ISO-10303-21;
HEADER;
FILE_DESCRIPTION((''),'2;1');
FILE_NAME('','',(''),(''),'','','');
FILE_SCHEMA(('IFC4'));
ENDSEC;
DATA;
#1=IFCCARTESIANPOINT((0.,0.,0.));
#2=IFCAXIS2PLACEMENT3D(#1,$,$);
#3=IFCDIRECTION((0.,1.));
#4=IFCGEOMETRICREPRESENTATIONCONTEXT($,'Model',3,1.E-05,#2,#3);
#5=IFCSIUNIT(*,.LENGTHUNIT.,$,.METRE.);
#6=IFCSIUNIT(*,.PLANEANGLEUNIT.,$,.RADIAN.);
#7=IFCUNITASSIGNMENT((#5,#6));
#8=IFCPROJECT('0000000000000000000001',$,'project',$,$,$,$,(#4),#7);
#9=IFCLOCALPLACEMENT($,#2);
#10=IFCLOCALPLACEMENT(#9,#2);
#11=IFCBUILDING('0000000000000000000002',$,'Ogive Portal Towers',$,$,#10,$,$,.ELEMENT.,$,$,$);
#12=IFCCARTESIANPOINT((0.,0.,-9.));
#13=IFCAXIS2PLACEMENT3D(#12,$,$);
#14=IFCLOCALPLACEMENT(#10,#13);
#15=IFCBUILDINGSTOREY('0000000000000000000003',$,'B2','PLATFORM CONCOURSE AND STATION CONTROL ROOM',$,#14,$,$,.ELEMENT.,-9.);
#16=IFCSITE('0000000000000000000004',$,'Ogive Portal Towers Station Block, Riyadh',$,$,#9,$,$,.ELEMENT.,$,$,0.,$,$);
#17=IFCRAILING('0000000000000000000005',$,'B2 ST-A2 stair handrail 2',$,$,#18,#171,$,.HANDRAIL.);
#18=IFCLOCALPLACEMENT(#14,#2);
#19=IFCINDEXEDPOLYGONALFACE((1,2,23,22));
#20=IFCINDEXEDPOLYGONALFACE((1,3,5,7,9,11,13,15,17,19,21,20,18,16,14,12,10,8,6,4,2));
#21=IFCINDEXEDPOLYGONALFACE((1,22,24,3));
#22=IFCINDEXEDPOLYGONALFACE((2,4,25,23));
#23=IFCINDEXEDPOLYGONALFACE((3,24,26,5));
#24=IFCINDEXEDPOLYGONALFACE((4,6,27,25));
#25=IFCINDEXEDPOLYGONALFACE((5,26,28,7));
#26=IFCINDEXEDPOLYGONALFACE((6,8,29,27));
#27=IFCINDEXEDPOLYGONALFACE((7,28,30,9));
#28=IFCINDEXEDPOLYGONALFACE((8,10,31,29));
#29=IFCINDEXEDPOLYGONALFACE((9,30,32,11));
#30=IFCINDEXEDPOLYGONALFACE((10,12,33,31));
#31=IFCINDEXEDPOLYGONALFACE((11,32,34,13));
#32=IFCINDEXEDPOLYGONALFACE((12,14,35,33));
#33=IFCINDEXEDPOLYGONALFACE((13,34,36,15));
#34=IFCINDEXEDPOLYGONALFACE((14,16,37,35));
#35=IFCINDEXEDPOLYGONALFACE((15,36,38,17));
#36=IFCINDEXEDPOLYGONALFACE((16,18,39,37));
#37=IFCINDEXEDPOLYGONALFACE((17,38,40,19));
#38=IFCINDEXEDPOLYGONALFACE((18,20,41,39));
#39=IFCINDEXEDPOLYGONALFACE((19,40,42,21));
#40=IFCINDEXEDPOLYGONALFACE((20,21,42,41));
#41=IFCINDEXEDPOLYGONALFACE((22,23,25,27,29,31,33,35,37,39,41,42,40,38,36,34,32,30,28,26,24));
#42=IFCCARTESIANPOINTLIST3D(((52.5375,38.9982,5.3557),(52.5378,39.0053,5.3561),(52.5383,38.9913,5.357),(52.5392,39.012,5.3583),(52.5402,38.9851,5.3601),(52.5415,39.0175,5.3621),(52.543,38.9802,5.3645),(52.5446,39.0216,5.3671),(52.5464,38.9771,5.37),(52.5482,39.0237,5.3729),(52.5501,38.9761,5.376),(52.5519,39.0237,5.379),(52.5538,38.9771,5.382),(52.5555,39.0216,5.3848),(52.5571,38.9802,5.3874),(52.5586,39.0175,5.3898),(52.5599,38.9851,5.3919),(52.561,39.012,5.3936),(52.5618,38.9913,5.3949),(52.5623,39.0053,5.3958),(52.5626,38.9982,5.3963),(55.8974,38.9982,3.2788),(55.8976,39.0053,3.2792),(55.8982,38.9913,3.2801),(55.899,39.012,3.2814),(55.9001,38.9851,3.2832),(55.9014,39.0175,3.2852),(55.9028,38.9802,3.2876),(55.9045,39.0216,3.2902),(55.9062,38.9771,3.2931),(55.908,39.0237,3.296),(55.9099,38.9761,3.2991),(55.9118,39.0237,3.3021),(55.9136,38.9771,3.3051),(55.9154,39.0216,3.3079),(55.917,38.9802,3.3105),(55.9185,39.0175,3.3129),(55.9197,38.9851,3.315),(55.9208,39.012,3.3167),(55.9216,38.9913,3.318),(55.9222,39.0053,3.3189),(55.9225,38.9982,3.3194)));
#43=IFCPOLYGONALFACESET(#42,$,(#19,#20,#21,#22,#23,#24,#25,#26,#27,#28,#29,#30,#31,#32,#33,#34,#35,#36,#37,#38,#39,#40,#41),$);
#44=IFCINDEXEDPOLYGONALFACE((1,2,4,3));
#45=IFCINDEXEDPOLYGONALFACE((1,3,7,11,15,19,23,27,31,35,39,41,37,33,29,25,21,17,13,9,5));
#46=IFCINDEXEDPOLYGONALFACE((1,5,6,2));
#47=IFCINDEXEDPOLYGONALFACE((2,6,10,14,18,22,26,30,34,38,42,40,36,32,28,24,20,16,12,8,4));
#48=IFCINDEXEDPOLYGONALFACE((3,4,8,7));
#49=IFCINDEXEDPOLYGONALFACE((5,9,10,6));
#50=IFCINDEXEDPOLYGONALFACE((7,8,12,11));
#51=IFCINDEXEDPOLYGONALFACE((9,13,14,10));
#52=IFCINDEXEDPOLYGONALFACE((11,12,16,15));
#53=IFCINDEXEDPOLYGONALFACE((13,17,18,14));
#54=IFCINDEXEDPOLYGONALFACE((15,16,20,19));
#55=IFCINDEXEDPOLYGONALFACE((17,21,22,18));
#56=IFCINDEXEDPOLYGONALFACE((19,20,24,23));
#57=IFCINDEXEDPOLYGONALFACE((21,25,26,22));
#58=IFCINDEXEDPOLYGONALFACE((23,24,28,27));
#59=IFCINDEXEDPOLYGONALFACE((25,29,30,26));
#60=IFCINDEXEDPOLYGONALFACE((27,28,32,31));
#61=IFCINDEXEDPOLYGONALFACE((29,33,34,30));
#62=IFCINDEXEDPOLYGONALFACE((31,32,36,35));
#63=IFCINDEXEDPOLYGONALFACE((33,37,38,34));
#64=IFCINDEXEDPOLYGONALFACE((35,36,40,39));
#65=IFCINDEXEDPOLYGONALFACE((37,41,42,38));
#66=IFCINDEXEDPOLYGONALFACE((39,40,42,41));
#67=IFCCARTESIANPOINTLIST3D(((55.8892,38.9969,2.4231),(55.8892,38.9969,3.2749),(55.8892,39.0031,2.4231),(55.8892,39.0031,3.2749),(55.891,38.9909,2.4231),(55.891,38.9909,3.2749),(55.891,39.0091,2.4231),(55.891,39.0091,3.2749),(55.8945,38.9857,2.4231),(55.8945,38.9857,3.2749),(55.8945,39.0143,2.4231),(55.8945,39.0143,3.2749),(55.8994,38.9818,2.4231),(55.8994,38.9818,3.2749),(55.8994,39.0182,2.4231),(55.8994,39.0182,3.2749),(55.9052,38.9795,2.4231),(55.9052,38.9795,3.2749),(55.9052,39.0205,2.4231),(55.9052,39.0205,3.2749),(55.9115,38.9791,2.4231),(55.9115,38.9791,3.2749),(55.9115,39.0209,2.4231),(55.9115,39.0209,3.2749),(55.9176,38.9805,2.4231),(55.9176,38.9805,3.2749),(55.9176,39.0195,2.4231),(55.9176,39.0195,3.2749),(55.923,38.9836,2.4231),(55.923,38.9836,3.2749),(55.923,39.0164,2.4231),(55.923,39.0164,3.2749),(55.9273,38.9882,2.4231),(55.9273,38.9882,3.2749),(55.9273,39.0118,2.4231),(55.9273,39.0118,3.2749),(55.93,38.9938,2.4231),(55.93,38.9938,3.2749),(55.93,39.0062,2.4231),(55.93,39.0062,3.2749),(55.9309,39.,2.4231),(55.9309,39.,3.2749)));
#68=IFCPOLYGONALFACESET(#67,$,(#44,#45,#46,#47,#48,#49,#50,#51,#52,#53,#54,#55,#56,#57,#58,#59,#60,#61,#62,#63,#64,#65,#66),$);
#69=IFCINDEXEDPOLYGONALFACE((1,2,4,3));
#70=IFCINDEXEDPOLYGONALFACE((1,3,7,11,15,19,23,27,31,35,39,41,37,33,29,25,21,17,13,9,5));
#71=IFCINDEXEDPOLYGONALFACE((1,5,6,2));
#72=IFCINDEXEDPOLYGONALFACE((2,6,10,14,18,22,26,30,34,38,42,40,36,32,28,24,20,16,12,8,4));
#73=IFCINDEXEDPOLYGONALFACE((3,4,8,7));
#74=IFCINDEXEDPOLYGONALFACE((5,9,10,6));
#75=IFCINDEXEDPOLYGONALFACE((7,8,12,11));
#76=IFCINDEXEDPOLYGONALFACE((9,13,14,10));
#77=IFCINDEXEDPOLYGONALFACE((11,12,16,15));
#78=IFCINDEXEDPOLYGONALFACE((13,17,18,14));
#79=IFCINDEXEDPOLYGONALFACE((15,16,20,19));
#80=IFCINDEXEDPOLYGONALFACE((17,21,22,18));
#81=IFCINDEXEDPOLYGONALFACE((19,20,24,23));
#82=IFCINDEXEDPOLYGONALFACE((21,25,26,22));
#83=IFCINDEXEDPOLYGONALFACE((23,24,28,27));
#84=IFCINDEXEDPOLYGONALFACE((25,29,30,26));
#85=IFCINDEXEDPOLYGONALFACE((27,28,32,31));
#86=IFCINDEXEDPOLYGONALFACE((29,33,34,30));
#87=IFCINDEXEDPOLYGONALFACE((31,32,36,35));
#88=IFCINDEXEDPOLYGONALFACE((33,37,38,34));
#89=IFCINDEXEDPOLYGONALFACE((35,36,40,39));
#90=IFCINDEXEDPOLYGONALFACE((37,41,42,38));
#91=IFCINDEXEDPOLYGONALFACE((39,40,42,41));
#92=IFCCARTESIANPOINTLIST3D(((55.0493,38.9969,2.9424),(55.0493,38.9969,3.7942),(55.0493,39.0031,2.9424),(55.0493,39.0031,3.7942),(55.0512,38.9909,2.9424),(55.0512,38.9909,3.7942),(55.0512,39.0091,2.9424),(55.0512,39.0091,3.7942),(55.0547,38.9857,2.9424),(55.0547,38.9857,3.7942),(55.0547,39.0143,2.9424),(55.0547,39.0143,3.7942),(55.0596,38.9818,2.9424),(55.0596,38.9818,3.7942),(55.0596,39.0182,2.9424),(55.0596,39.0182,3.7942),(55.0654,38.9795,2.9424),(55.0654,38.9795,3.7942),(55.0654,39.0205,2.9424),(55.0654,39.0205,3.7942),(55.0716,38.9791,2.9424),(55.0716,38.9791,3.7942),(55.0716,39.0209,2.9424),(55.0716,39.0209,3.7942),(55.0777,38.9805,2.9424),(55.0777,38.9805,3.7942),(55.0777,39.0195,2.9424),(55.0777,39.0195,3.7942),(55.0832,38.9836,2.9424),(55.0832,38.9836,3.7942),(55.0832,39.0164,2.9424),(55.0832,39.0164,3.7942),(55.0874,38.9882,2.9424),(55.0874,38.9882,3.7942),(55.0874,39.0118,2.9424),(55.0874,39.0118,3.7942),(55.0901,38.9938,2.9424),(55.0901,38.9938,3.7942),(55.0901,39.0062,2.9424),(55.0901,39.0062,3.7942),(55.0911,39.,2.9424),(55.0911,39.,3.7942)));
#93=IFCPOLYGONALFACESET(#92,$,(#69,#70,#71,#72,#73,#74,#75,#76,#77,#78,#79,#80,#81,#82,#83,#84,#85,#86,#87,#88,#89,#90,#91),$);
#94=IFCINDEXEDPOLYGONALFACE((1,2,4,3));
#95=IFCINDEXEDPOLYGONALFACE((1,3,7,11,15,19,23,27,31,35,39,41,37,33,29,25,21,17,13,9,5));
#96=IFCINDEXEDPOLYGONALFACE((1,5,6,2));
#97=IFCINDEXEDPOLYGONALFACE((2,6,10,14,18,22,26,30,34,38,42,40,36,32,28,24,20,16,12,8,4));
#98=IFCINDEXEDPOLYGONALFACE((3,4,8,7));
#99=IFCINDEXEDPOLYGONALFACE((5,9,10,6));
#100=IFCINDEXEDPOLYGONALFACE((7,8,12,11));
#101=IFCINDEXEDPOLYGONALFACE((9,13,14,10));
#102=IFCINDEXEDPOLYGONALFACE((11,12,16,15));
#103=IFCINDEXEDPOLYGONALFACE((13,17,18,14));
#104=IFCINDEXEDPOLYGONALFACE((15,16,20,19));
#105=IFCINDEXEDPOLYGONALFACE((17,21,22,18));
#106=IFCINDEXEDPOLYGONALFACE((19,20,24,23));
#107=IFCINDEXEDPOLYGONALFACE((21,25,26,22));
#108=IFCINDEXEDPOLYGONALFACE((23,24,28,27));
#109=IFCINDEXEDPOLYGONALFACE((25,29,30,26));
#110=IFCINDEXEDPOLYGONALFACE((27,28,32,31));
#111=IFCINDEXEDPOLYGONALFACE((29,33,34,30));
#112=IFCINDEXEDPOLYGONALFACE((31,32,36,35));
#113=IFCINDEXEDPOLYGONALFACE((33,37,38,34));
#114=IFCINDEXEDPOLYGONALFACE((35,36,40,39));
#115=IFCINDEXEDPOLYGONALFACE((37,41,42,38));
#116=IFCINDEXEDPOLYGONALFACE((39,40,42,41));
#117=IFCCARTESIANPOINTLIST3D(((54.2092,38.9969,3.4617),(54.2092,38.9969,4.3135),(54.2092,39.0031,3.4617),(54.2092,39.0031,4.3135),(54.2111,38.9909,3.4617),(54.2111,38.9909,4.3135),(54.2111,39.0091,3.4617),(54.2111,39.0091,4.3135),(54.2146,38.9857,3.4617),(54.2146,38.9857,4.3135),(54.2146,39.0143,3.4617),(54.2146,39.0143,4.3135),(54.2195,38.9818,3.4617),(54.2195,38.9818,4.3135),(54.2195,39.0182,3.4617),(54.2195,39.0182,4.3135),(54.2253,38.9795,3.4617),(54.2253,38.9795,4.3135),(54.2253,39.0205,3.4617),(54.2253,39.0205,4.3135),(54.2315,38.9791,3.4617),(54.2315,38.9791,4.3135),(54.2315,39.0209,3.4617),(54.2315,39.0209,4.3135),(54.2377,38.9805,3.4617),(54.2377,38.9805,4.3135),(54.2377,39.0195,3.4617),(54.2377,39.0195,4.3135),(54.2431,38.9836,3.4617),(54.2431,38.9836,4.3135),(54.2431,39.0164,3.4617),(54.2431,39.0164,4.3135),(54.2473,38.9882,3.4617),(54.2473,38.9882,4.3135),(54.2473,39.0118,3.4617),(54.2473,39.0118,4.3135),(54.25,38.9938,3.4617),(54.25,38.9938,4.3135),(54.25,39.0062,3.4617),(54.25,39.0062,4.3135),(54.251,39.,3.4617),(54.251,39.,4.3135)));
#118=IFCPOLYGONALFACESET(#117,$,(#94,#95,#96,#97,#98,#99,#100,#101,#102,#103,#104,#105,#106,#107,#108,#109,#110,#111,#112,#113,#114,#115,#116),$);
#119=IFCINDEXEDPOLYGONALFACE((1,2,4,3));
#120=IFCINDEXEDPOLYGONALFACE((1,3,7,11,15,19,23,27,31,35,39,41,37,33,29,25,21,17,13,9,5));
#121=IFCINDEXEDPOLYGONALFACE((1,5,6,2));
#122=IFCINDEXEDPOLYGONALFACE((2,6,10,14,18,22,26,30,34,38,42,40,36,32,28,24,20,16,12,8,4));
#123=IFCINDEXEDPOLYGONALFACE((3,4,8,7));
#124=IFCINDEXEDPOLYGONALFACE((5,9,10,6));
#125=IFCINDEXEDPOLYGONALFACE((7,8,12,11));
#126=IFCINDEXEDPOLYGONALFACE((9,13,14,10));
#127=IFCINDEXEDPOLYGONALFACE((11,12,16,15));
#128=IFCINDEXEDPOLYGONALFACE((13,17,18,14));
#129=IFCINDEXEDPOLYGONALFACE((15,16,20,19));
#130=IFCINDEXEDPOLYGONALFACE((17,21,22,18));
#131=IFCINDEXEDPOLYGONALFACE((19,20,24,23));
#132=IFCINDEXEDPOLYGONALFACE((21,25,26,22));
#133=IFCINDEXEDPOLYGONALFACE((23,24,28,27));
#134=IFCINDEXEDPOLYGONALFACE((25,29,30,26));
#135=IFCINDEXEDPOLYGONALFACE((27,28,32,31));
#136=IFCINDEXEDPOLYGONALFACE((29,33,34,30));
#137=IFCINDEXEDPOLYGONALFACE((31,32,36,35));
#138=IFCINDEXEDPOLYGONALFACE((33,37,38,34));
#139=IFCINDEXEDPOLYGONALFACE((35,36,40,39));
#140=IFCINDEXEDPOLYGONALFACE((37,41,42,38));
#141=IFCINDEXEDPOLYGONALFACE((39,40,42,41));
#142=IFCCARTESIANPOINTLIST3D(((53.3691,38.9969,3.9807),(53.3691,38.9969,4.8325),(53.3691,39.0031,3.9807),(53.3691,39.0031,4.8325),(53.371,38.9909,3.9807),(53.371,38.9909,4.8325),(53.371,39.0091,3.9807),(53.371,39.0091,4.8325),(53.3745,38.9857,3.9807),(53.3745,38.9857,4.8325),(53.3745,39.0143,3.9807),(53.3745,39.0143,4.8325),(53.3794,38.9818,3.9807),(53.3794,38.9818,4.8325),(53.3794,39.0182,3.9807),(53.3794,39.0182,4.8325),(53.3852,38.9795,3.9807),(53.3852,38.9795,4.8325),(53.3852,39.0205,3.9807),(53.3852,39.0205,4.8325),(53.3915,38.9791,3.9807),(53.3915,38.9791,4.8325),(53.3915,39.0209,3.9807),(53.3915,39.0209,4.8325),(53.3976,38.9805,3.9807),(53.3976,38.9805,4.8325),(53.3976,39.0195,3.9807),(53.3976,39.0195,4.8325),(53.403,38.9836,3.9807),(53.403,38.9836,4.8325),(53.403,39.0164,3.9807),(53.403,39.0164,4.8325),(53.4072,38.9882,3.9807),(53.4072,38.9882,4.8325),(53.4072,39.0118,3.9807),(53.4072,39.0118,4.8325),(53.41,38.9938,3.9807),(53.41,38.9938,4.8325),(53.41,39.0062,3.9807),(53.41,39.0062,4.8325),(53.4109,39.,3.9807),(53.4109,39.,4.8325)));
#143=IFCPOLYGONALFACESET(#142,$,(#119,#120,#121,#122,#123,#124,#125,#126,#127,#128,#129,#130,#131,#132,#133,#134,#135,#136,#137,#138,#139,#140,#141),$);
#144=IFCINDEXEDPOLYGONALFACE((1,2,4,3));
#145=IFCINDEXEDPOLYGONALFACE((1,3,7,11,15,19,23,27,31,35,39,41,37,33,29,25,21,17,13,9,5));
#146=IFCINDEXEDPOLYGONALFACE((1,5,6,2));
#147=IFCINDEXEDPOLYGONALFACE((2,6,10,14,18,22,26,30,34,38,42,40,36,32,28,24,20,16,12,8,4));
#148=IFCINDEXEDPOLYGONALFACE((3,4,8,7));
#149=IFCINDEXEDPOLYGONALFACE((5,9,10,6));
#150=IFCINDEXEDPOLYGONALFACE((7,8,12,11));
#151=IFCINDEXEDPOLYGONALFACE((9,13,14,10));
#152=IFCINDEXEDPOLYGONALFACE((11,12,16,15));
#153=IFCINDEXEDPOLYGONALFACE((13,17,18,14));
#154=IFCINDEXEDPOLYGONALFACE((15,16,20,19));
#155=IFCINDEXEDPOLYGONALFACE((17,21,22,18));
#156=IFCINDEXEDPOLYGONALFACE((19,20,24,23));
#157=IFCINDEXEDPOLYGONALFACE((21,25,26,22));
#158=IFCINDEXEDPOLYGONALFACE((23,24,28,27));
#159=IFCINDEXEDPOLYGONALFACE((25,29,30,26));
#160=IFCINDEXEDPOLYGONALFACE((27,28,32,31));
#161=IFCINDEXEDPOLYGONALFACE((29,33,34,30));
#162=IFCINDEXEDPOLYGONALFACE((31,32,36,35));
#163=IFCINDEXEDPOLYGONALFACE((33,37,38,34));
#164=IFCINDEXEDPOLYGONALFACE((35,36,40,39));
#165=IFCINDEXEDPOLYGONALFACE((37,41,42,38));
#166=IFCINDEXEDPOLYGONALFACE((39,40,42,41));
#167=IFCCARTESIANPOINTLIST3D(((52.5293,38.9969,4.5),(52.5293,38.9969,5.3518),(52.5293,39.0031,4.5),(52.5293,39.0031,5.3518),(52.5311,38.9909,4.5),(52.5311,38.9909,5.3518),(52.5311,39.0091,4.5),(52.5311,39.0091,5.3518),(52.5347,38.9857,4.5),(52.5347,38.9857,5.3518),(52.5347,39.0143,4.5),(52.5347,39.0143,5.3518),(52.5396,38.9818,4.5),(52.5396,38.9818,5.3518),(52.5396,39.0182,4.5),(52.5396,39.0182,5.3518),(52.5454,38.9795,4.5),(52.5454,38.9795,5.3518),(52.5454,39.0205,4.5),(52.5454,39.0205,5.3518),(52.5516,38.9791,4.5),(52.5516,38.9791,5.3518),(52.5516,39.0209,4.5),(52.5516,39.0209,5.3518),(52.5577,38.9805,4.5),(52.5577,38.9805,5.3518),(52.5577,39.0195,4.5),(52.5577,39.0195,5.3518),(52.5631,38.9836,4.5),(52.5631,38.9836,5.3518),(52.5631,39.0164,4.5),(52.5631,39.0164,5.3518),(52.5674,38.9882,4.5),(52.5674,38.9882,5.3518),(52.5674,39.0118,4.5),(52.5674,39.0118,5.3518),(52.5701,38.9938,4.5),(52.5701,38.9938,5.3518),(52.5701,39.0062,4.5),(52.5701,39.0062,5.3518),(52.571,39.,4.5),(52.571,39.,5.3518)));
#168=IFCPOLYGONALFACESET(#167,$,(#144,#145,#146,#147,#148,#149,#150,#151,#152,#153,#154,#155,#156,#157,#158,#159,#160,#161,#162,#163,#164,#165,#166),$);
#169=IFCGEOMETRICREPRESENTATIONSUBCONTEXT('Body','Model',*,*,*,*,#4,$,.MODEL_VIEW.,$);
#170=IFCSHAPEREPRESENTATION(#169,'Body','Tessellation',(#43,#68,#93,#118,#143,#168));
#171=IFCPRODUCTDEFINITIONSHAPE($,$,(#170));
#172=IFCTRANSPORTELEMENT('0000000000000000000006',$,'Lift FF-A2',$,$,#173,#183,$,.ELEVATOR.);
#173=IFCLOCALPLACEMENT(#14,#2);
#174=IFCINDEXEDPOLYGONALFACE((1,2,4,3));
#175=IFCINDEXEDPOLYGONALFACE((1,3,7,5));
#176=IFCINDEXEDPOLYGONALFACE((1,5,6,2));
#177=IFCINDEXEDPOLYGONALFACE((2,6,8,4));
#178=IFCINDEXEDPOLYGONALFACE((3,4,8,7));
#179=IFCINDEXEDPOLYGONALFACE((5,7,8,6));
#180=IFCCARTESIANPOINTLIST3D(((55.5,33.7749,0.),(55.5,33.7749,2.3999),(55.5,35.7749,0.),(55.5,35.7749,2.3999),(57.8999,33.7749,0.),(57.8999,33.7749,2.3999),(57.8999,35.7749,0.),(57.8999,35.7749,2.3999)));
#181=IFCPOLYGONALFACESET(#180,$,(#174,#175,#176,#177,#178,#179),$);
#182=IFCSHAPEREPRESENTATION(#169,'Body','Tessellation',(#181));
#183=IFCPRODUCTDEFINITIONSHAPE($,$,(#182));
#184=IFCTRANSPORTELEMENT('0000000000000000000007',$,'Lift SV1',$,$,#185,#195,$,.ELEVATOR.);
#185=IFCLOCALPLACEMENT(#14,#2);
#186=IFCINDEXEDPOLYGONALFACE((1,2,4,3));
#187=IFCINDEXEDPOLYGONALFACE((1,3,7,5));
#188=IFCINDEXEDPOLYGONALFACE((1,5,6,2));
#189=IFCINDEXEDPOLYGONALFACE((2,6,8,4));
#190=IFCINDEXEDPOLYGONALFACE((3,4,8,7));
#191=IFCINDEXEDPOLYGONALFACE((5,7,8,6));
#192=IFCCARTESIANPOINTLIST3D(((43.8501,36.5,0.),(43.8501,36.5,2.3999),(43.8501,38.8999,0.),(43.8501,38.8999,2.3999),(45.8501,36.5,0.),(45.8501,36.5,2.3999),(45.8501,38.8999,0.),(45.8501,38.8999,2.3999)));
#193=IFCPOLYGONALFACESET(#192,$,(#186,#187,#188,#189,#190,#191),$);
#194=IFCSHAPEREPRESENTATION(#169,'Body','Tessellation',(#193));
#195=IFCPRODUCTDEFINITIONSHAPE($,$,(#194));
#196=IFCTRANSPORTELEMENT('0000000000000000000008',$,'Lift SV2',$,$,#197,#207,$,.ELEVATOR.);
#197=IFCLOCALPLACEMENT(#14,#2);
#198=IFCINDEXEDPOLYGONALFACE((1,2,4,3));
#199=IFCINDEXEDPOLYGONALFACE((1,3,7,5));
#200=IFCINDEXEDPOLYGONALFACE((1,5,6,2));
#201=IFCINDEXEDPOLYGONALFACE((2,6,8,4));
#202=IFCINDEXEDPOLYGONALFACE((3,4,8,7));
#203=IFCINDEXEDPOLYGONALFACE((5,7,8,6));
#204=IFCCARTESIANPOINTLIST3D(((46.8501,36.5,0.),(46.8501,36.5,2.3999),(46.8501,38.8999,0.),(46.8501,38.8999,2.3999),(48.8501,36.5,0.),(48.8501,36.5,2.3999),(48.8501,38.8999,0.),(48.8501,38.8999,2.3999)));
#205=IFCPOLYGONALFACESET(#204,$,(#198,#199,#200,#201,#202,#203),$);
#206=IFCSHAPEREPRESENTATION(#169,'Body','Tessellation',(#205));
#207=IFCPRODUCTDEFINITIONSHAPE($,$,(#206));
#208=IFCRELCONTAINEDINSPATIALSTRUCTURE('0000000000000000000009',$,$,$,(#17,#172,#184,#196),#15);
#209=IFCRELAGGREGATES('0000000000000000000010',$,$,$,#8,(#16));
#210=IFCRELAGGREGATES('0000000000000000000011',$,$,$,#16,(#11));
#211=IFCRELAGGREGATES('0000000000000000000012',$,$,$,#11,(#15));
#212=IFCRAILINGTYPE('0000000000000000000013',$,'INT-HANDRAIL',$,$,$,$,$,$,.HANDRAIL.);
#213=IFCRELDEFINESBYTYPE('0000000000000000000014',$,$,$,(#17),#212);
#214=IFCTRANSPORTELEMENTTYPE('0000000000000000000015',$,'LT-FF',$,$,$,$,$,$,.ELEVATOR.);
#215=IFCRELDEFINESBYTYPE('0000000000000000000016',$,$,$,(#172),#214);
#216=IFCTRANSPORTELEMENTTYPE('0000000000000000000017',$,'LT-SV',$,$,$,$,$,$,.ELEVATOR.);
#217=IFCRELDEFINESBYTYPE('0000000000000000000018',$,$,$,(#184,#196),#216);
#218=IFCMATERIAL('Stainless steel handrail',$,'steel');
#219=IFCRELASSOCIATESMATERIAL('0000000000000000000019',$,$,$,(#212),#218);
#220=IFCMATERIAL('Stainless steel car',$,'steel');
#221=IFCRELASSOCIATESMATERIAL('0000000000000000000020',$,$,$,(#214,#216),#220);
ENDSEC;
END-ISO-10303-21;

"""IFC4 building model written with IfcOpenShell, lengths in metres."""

from ifc_helpers import new_model, si_unit, direction, frame, origin, origin_2d, place, context, subcontext, project, spatial, rectangle, circle, extrude, material, type_object, element, save


model = new_model("IFC4")

# Units and contexts
model_context = context("Model", 3, precision=1e-05, world=origin(), true_north=direction((0.0, 1.0)))
body_context = subcontext(model_context, "Body", "Model", "MODEL_VIEW")
ifc_project = project(units=[si_unit("LENGTHUNIT", "METRE"), si_unit("PLANEANGLEUNIT", "RADIAN")], contexts=[model_context])

# Site, building, storey
site_placement = place(None, origin())
site = spatial("IfcSite", under=ifc_project, at=site_placement, Name="Ogive Portal Towers Station Block, Riyadh", CompositionType="ELEMENT", RefElevation=0.0)
building_placement = place(site_placement, origin())
building = spatial("IfcBuilding", under=site, at=building_placement, Name="Ogive Portal Towers", CompositionType="ELEMENT")
storey_placement = place(building_placement, frame((0.0, 0.0, -9.0)))
storey = spatial("IfcBuildingStorey", under=building, at=storey_placement, Name="B2", Description="PLATFORM CONCOURSE AND STATION CONTROL ROOM", CompositionType="ELEMENT", Elevation=-9.0)

# Railing
ifc_material_1 = material(Name="Stainless steel handrail", Category="steel")
railing_type_1 = type_object("IfcRailingType", Name="INT-HANDRAIL", PredefinedType="HANDRAIL", material=ifc_material_1)
railing_1_placement = place(storey_placement, frame((55.9099, 39.0, 2.4231)))
element("IfcRailing", 1, at=railing_1_placement, inside=storey, type_object=railing_type_1, Name="B2 ST-A2 stair handrail 2", PredefinedType="HANDRAIL", context=body_context, shape_type="SweptSolid", body=[
    extrude(circle(Radius=0.0239, at=origin_2d()), frame((0.0, 0.0, 0.876), z_axis=(-0.850606, 0.0, 0.525803), x_axis=(0.0, -1.0, 0.0)), (0.0, 0.0, 1.0), 3.95),
    extrude(circle(Radius=0.021, at=origin_2d()), origin(), (0.0, 0.0, 1.0), 0.8518),
    extrude(circle(Radius=0.021, at=origin_2d()), frame((-0.8398, 0.0, 0.5193)), (0.0, 0.0, 1.0), 0.8518),
    extrude(circle(Radius=0.021, at=origin_2d()), frame((-1.6799, 0.0, 1.0386)), (0.0, 0.0, 1.0), 0.8518),
    extrude(circle(Radius=0.021, at=origin_2d()), frame((-2.52, 0.0, 1.5576)), (0.0, 0.0, 1.0), 0.8518),
    extrude(circle(Radius=0.021, at=origin_2d()), frame((-3.3599, 0.0, 2.0769)), (0.0, 0.0, 1.0), 0.8518),
])

# Transport elements
ifc_material_2 = material(Name="Stainless steel car", Category="steel")
transport_element_type_1 = type_object("IfcTransportElementType", Name="LT-FF", PredefinedType="ELEVATOR", material=ifc_material_2)
transport_element_placement = place(storey_placement, frame((56.7, 34.7749, 0.0), z_axis=(0.0, 0.0, 1.0), x_axis=(1.0, 0.0, 0.0)))
element("IfcTransportElement", 2, at=transport_element_placement, inside=storey, type_object=transport_element_type_1, Name="Lift FF-A2", PredefinedType="ELEVATOR", context=body_context, shape_type="SweptSolid", body=[
    extrude(rectangle(XDim=2.3999, YDim=2.0, at=origin_2d()), origin(), (0.0, 0.0, 1.0), 2.3999),
])
transport_element_type_2 = type_object("IfcTransportElementType", Name="LT-SV", PredefinedType="ELEVATOR", material=ifc_material_2)
for number, where, z_axis, x_axis, name in (
    (3, (44.8501, 37.7, 0.0), (0.0, 0.0, 1.0), (1.0, 0.0, 0.0), "Lift SV1"),
    (4, (47.8501, 37.7, 0.0), (0.0, 0.0, 1.0), (1.0, 0.0, 0.0), "Lift SV2"),
):
    element("IfcTransportElement", number, at=place(storey_placement, frame(where, z_axis=z_axis, x_axis=x_axis)), inside=storey, type_object=transport_element_type_2, Name=name, PredefinedType="ELEVATOR", context=body_context, shape_type="SweptSolid", body=[
        extrude(rectangle(XDim=2.0, YDim=2.3999, at=origin_2d()), origin(), (0.0, 0.0, 1.0), 2.3999),
    ])

save(model, "model.ifc")
